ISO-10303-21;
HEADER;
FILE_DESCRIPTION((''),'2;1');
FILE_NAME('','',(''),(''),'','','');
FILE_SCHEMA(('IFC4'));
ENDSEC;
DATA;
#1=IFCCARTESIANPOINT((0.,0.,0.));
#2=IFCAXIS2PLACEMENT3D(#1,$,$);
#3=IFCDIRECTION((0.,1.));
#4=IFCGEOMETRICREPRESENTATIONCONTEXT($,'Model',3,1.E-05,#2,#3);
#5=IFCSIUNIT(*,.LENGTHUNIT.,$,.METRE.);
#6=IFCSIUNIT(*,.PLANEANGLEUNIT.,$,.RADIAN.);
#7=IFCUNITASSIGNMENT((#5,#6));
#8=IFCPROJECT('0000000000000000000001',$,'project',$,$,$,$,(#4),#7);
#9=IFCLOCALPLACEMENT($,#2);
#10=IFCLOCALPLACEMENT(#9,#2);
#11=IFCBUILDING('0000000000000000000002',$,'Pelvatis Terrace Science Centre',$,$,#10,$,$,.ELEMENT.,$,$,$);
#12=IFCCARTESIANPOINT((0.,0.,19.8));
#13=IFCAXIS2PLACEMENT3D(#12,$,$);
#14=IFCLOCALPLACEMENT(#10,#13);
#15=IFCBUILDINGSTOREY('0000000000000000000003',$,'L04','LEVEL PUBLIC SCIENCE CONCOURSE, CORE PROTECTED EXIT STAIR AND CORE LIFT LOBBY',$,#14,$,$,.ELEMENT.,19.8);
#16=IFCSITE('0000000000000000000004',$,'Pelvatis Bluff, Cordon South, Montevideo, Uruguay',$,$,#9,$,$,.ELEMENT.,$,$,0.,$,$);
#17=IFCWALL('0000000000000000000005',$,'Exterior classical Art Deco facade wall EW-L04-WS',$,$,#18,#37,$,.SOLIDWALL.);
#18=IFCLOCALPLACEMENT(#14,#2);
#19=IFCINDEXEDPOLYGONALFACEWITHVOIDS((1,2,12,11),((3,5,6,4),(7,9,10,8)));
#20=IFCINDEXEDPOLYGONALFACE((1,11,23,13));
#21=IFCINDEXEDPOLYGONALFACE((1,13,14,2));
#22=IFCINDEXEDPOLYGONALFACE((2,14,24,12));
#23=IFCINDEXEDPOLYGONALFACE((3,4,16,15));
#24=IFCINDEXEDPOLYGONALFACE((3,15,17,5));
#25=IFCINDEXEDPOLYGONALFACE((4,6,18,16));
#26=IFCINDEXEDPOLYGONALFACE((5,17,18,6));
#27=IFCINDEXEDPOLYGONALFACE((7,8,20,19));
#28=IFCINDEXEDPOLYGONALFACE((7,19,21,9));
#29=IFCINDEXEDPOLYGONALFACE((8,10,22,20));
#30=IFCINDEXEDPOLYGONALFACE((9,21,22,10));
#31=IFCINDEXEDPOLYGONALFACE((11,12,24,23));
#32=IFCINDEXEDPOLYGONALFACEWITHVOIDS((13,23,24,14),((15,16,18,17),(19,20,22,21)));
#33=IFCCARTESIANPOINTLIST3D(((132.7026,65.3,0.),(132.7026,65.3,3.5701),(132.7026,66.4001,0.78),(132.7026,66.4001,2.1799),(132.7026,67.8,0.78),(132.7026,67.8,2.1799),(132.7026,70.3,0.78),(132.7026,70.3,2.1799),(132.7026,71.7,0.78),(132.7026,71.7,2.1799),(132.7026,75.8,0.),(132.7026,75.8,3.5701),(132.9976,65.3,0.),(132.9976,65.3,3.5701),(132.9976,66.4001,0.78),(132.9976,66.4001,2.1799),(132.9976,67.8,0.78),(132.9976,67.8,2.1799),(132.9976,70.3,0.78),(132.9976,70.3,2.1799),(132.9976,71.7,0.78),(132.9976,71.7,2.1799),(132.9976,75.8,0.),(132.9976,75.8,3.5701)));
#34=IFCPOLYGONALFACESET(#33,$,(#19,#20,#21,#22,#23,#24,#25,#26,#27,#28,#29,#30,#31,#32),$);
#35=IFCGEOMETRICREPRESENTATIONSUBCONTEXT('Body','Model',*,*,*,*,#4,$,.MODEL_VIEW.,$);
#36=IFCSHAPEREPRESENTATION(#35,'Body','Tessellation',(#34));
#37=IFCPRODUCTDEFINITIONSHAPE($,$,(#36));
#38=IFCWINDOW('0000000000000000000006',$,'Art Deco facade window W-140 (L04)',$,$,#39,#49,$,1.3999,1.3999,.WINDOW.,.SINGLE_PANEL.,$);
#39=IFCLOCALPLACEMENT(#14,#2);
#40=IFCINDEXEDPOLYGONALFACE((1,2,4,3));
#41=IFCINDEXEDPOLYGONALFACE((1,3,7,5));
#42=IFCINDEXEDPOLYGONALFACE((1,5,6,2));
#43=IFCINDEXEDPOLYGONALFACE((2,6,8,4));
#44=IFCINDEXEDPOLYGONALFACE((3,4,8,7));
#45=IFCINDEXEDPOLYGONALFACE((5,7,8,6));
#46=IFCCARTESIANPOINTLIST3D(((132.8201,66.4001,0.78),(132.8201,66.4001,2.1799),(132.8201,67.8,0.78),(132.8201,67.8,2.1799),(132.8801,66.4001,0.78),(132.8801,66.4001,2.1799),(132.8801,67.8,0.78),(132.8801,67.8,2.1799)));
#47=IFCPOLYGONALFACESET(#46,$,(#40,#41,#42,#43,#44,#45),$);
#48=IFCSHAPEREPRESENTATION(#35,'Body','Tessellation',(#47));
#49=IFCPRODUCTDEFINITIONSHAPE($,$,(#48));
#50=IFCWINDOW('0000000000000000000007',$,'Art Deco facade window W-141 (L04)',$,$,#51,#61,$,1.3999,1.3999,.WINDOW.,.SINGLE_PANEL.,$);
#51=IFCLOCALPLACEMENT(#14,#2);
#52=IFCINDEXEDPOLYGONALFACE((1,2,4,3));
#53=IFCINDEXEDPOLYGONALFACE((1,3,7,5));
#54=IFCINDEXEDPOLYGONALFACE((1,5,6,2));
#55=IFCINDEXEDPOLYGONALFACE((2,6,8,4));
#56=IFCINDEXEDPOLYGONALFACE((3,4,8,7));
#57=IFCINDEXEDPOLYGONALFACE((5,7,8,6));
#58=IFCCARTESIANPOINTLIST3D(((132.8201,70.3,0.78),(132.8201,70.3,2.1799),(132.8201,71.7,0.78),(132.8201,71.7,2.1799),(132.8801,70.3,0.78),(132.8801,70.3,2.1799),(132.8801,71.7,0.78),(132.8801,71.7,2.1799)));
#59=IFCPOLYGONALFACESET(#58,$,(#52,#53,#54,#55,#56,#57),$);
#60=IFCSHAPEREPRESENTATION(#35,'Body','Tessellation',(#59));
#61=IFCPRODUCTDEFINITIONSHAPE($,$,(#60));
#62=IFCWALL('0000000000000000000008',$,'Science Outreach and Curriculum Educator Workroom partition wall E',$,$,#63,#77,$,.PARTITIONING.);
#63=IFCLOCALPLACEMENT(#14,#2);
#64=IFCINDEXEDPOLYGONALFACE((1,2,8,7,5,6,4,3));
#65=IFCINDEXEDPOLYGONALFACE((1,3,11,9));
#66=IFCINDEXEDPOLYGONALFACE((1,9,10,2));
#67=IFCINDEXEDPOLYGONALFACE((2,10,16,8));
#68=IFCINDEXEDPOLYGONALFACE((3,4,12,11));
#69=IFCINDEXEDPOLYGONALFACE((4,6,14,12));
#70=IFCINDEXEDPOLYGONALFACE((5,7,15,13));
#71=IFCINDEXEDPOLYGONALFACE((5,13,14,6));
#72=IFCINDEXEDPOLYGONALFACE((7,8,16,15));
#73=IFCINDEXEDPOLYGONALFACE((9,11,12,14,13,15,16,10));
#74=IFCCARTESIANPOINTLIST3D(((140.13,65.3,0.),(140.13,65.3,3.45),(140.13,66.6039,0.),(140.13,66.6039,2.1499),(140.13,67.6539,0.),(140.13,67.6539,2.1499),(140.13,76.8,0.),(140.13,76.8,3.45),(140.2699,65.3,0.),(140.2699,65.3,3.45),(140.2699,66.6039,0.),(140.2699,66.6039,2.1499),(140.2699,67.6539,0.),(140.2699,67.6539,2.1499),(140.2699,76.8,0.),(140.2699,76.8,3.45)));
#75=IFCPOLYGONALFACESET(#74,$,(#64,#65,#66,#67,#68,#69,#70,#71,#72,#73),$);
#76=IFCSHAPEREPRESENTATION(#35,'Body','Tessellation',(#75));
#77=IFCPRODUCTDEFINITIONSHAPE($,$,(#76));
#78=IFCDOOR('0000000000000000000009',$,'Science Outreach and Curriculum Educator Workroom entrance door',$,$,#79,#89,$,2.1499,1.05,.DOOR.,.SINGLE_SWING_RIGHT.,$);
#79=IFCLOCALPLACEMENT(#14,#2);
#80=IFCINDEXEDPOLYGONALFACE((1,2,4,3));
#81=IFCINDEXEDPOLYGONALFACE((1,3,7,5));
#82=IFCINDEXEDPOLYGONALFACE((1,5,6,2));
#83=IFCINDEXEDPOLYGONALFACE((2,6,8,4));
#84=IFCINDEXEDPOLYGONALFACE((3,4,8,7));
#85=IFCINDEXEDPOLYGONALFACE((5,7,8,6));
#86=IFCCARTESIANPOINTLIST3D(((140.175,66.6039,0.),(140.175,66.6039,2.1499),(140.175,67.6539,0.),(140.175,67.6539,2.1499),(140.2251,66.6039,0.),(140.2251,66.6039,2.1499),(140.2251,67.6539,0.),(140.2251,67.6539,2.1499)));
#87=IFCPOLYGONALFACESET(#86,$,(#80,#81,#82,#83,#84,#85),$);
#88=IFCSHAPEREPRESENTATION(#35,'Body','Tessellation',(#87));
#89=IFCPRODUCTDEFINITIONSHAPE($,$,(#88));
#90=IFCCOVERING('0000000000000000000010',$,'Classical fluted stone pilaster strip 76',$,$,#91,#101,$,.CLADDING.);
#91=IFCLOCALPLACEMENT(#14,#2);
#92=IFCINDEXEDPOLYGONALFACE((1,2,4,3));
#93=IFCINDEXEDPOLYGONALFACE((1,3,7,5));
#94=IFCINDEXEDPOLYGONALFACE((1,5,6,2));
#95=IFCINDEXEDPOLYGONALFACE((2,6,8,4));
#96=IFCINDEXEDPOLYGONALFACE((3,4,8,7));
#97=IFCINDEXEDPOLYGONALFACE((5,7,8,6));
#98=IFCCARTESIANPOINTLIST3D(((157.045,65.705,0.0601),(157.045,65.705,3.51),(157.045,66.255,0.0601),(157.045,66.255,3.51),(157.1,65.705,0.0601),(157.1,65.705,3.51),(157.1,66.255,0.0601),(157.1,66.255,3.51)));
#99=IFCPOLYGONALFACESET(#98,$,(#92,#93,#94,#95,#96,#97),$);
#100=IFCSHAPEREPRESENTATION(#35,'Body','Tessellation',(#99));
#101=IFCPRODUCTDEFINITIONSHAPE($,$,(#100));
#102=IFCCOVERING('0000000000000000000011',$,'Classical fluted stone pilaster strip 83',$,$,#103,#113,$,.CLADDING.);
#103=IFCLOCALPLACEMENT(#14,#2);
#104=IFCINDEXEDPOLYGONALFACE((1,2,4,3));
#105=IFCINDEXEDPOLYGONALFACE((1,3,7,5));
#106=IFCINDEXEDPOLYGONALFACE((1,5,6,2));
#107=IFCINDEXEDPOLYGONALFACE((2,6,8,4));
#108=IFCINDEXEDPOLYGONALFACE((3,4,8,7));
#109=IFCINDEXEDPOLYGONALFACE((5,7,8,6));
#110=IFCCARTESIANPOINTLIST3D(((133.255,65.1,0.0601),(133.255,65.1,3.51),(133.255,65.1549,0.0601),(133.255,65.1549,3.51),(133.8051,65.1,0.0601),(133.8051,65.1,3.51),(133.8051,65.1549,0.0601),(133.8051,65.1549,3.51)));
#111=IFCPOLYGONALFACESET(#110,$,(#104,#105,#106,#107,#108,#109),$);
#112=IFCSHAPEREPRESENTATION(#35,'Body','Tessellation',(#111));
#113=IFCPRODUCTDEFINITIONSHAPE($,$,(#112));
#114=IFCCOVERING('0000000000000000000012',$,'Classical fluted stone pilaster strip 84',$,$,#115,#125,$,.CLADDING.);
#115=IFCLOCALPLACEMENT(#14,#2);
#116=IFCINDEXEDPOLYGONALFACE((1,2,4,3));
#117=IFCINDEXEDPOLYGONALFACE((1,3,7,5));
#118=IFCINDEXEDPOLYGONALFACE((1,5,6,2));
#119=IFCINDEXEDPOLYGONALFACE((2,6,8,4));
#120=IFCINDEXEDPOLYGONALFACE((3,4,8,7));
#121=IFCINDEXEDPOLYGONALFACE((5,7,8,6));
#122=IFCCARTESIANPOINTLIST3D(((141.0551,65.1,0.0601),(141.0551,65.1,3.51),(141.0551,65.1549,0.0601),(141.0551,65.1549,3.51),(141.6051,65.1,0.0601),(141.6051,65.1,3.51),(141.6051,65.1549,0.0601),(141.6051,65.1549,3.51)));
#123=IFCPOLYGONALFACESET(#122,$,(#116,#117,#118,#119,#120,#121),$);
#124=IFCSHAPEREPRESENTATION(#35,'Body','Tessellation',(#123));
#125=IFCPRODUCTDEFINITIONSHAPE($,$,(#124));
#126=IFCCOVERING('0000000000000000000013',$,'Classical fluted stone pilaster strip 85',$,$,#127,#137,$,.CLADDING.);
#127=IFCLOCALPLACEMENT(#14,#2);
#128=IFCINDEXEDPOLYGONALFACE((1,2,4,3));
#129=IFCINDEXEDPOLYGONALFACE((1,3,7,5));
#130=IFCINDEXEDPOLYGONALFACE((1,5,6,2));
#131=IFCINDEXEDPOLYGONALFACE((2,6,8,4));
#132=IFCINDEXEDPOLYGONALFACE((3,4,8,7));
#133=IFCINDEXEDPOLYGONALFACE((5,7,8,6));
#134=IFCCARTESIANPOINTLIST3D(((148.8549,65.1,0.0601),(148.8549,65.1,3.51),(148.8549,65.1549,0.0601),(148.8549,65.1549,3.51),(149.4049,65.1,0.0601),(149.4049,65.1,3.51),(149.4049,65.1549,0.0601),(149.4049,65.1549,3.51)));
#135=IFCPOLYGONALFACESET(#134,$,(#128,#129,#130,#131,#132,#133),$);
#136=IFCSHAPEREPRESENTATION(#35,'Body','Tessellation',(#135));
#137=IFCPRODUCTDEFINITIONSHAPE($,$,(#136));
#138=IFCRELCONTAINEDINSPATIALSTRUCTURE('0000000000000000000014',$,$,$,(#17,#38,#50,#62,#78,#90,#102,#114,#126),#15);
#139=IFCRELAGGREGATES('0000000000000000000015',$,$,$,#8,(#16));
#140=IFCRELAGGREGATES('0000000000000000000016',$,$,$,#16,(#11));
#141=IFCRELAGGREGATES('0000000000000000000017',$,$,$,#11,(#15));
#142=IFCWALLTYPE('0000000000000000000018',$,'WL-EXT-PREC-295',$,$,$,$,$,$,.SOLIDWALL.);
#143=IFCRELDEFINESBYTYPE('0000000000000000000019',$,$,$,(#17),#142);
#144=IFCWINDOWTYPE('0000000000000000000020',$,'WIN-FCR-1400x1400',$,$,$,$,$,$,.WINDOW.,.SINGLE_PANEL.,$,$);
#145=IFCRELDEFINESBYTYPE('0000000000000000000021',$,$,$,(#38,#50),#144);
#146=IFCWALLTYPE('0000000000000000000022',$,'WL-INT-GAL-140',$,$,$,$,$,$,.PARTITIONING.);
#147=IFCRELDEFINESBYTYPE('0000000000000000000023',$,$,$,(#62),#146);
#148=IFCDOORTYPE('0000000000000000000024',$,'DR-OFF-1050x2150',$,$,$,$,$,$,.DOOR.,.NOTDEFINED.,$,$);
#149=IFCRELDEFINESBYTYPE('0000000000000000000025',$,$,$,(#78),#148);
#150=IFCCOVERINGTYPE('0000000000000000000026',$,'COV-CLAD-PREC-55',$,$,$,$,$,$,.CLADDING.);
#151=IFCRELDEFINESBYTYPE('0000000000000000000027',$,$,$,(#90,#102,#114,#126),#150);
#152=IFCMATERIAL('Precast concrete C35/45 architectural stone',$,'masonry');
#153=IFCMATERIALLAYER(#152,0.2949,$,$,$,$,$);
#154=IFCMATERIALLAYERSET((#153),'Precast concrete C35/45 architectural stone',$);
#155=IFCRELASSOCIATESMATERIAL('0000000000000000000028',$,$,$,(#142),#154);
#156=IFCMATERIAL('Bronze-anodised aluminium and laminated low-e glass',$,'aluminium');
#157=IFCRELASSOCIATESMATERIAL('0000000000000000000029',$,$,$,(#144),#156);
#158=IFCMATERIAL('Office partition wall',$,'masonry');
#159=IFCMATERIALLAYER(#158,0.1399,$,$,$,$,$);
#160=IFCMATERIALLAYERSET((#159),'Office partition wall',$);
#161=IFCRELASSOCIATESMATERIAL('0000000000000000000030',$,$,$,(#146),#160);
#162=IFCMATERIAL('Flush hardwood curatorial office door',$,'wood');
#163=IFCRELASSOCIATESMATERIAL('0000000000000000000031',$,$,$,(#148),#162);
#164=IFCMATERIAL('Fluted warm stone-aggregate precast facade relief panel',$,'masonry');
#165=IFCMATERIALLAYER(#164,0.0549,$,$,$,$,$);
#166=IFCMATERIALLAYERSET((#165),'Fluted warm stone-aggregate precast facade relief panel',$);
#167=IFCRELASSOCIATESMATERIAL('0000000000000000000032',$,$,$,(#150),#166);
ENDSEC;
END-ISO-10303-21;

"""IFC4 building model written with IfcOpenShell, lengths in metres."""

from ifc_helpers import new_model, si_unit, direction, frame, frame_2d, origin, origin_2d, place, context, subcontext, project, spatial, rectangle, extrude, material, layer, layer_set, type_object, element, fill, save


model = new_model("IFC4")

# Units and contexts
model_context = context("Model", 3, precision=1e-05, world=origin(), true_north=direction((0.0, 1.0)))
body_context = subcontext(model_context, "Body", "Model", "MODEL_VIEW")
ifc_project = project(units=[si_unit("LENGTHUNIT", "METRE"), si_unit("PLANEANGLEUNIT", "RADIAN")], contexts=[model_context])

# Site, building, storey
site_placement = place(None, origin())
site = spatial("IfcSite", under=ifc_project, at=site_placement, Name="Pelvatis Bluff, Cordon South, Montevideo, Uruguay", CompositionType="ELEMENT", RefElevation=0.0)
building_placement = place(site_placement, origin())
building = spatial("IfcBuilding", under=site, at=building_placement, Name="Pelvatis Terrace Science Centre", CompositionType="ELEMENT")
storey_placement = place(building_placement, frame((0.0, 0.0, 19.8)))
storey = spatial("IfcBuildingStorey", under=building, at=storey_placement, Name="L04", Description="LEVEL PUBLIC SCIENCE CONCOURSE, CORE PROTECTED EXIT STAIR AND CORE LIFT LOBBY", CompositionType="ELEMENT", Elevation=19.8)

# Shared definitions
ifc_material_1 = material(Name="Precast concrete C35/45 architectural stone", Category="masonry")
ifc_layer_1 = layer(ifc_material_1, 0.2949)
ifc_layer_set_1 = layer_set([ifc_layer_1], Name="Precast concrete C35/45 architectural stone")
wall_type_1 = type_object("IfcWallType", Name="WL-EXT-PREC-295", PredefinedType="SOLIDWALL", material=ifc_layer_set_1)

# Shared definitions
ifc_material_2 = material(Name="Bronze-anodised aluminium and laminated low-e glass", Category="aluminium")
window_type_1 = type_object("IfcWindowType", Name="WIN-FCR-1400x1400", PartitioningType="SINGLE_PANEL", PredefinedType="WINDOW", material=ifc_material_2)

# Wall, openings, windows
wall_1_placement = place(storey_placement, frame((132.8501, 65.3, 0.0), z_axis=(0.0, 0.0, 1.0), x_axis=(0.0, 1.0, 0.0)))
wall_1 = element("IfcWall", 1, at=wall_1_placement, inside=storey, type_object=wall_type_1, Name="Exterior classical Art Deco facade wall EW-L04-WS", PredefinedType="SOLIDWALL", context=body_context, shape_type="SweptSolid", body=[
    extrude(rectangle(XDim=10.5, YDim=0.2949, at=frame_2d((5.25, 0.0))), origin(), (0.0, 0.0, 1.0), 3.5701),
])
opening_1_placement = place(wall_1_placement, frame((1.1001, 0.0, 0.78)))
opening_1 = element("IfcOpeningElement", 2, at=opening_1_placement, cuts=wall_1, PredefinedType="OPENING", context=body_context, shape_type="SweptSolid", body=[
    extrude(rectangle(XDim=1.3999, YDim=1.3999, at=frame_2d((0.7, 0.7))), frame((0.0, 0.1575, 0.0), z_axis=(0.0, -1.0, 0.0), x_axis=(1.0, 0.0, 0.0)), (0.0, 0.0, 1.0), 0.3149),
])
opening_2_placement = place(wall_1_placement, frame((5.0, 0.0, 0.78)))
opening_2 = element("IfcOpeningElement", 3, at=opening_2_placement, cuts=wall_1, PredefinedType="OPENING", context=body_context, shape_type="SweptSolid", body=[
    extrude(rectangle(XDim=1.3999, YDim=1.3999, at=frame_2d((0.7, 0.7))), frame((0.0, 0.1575, 0.0), z_axis=(0.0, -1.0, 0.0), x_axis=(1.0, 0.0, 0.0)), (0.0, 0.0, 1.0), 0.3149),
])
window_1_placement = place(opening_1_placement, origin())
window_1 = element("IfcWindow", 4, at=window_1_placement, inside=storey, type_object=window_type_1, Name="Art Deco facade window W-140 (L04)", OverallHeight=1.3999, OverallWidth=1.3999, PartitioningType="SINGLE_PANEL", PredefinedType="WINDOW", context=body_context, shape_type="SweptSolid", body=[
    extrude(rectangle(XDim=1.3999, YDim=1.3999, at=frame_2d((0.7, 0.7))), frame((0.0, 0.03, 0.0), z_axis=(0.0, -1.0, 0.0), x_axis=(1.0, 0.0, 0.0)), (0.0, 0.0, 1.0), 0.0601),
])
fill(opening_1, window_1)
window_2_placement = place(opening_2_placement, origin())
window_2 = element("IfcWindow", 5, at=window_2_placement, inside=storey, type_object=window_type_1, Name="Art Deco facade window W-141 (L04)", OverallHeight=1.3999, OverallWidth=1.3999, PartitioningType="SINGLE_PANEL", PredefinedType="WINDOW", context=body_context, shape_type="SweptSolid", body=[
    extrude(rectangle(XDim=1.3999, YDim=1.3999, at=frame_2d((0.7, 0.7))), frame((0.0, 0.03, 0.0), z_axis=(0.0, -1.0, 0.0), x_axis=(1.0, 0.0, 0.0)), (0.0, 0.0, 1.0), 0.0601),
])
fill(opening_2, window_2)

# Wall, opening, door
ifc_material_3 = material(Name="Office partition wall", Category="masonry")
ifc_layer_2 = layer(ifc_material_3, 0.1399)
ifc_layer_set_2 = layer_set([ifc_layer_2], Name="Office partition wall")
wall_type_2 = type_object("IfcWallType", Name="WL-INT-GAL-140", PredefinedType="PARTITIONING", material=ifc_layer_set_2)
wall_2_placement = place(storey_placement, frame((140.2, 65.3, 0.0), z_axis=(0.0, 0.0, 1.0), x_axis=(0.0, 1.0, 0.0)))
wall_2 = element("IfcWall", 6, at=wall_2_placement, inside=storey, type_object=wall_type_2, Name="Science Outreach and Curriculum Educator Workroom partition wall E", PredefinedType="PARTITIONING", context=body_context, shape_type="SweptSolid", body=[
    extrude(rectangle(XDim=11.5, YDim=0.1399, at=frame_2d((5.75, 0.0))), origin(), (0.0, 0.0, 1.0), 3.45),
])
opening_3_placement = place(wall_2_placement, frame((1.304, 0.0, 0.0)))
opening_3 = element("IfcOpeningElement", 7, at=opening_3_placement, cuts=wall_2, PredefinedType="OPENING", context=body_context, shape_type="SweptSolid", body=[
    extrude(rectangle(XDim=1.05, YDim=2.1499, at=frame_2d((0.5249, 1.075))), frame((0.0, 0.0798, 0.0), z_axis=(0.0, -1.0, 0.0), x_axis=(1.0, 0.0, 0.0)), (0.0, 0.0, 1.0), 0.1599),
])
ifc_material_4 = material(Name="Flush hardwood curatorial office door", Category="wood")
door_type_1 = type_object("IfcDoorType", Name="DR-OFF-1050x2150", OperationType="NOTDEFINED", PredefinedType="DOOR", material=ifc_material_4)
door_1_placement = place(opening_3_placement, origin())
door_1 = element("IfcDoor", 8, at=door_1_placement, inside=storey, type_object=door_type_1, Name="Science Outreach and Curriculum Educator Workroom entrance door", OperationType="SINGLE_SWING_RIGHT", OverallHeight=2.1499, OverallWidth=1.05, PredefinedType="DOOR", context=body_context, shape_type="SweptSolid", body=[
    extrude(rectangle(XDim=1.05, YDim=2.1499, at=frame_2d((0.5249, 1.075))), frame((0.0, 0.0249, 0.0), z_axis=(0.0, -1.0, 0.0), x_axis=(1.0, 0.0, 0.0)), (0.0, 0.0, 1.0), 0.05),
])
fill(opening_3, door_1)

# Coverings
ifc_material_5 = material(Name="Fluted warm stone-aggregate precast facade relief panel", Category="masonry")
ifc_layer_3 = layer(ifc_material_5, 0.0549)
ifc_layer_set_3 = layer_set([ifc_layer_3], Name="Fluted warm stone-aggregate precast facade relief panel")
covering_type = type_object("IfcCoveringType", Name="COV-CLAD-PREC-55", PredefinedType="CLADDING", material=ifc_layer_set_3)
covering_placement = place(storey_placement, frame((157.0725, 65.98, 0.0601), z_axis=(0.0, 0.0, 1.0), x_axis=(1.0, 0.0, 0.0)))
element("IfcCovering", 9, at=covering_placement, inside=storey, type_object=covering_type, Name="Classical fluted stone pilaster strip 76", PredefinedType="CLADDING", context=body_context, shape_type="SweptSolid", body=[
    extrude(rectangle(XDim=0.0549, YDim=0.55, at=origin_2d()), origin(), (0.0, 0.0, 1.0), 3.45),
])
for number, where, z_axis, x_axis, name in (
    (10, (133.53, 65.1274, 0.0601), (0.0, 0.0, 1.0), (1.0, 0.0, 0.0), "Classical fluted stone pilaster strip 83"),
    (11, (141.3301, 65.1274, 0.0601), (0.0, 0.0, 1.0), (1.0, 0.0, 0.0), "Classical fluted stone pilaster strip 84"),
    (12, (149.1299, 65.1274, 0.0601), (0.0, 0.0, 1.0), (1.0, 0.0, 0.0), "Classical fluted stone pilaster strip 85"),
):
    element("IfcCovering", number, at=place(storey_placement, frame(where, z_axis=z_axis, x_axis=x_axis)), inside=storey, type_object=covering_type, Name=name, PredefinedType="CLADDING", context=body_context, shape_type="SweptSolid", body=[
        extrude(rectangle(XDim=0.55, YDim=0.0549, at=origin_2d()), origin(), (0.0, 0.0, 1.0), 3.45),
    ])

save(model, "model.ifc")
